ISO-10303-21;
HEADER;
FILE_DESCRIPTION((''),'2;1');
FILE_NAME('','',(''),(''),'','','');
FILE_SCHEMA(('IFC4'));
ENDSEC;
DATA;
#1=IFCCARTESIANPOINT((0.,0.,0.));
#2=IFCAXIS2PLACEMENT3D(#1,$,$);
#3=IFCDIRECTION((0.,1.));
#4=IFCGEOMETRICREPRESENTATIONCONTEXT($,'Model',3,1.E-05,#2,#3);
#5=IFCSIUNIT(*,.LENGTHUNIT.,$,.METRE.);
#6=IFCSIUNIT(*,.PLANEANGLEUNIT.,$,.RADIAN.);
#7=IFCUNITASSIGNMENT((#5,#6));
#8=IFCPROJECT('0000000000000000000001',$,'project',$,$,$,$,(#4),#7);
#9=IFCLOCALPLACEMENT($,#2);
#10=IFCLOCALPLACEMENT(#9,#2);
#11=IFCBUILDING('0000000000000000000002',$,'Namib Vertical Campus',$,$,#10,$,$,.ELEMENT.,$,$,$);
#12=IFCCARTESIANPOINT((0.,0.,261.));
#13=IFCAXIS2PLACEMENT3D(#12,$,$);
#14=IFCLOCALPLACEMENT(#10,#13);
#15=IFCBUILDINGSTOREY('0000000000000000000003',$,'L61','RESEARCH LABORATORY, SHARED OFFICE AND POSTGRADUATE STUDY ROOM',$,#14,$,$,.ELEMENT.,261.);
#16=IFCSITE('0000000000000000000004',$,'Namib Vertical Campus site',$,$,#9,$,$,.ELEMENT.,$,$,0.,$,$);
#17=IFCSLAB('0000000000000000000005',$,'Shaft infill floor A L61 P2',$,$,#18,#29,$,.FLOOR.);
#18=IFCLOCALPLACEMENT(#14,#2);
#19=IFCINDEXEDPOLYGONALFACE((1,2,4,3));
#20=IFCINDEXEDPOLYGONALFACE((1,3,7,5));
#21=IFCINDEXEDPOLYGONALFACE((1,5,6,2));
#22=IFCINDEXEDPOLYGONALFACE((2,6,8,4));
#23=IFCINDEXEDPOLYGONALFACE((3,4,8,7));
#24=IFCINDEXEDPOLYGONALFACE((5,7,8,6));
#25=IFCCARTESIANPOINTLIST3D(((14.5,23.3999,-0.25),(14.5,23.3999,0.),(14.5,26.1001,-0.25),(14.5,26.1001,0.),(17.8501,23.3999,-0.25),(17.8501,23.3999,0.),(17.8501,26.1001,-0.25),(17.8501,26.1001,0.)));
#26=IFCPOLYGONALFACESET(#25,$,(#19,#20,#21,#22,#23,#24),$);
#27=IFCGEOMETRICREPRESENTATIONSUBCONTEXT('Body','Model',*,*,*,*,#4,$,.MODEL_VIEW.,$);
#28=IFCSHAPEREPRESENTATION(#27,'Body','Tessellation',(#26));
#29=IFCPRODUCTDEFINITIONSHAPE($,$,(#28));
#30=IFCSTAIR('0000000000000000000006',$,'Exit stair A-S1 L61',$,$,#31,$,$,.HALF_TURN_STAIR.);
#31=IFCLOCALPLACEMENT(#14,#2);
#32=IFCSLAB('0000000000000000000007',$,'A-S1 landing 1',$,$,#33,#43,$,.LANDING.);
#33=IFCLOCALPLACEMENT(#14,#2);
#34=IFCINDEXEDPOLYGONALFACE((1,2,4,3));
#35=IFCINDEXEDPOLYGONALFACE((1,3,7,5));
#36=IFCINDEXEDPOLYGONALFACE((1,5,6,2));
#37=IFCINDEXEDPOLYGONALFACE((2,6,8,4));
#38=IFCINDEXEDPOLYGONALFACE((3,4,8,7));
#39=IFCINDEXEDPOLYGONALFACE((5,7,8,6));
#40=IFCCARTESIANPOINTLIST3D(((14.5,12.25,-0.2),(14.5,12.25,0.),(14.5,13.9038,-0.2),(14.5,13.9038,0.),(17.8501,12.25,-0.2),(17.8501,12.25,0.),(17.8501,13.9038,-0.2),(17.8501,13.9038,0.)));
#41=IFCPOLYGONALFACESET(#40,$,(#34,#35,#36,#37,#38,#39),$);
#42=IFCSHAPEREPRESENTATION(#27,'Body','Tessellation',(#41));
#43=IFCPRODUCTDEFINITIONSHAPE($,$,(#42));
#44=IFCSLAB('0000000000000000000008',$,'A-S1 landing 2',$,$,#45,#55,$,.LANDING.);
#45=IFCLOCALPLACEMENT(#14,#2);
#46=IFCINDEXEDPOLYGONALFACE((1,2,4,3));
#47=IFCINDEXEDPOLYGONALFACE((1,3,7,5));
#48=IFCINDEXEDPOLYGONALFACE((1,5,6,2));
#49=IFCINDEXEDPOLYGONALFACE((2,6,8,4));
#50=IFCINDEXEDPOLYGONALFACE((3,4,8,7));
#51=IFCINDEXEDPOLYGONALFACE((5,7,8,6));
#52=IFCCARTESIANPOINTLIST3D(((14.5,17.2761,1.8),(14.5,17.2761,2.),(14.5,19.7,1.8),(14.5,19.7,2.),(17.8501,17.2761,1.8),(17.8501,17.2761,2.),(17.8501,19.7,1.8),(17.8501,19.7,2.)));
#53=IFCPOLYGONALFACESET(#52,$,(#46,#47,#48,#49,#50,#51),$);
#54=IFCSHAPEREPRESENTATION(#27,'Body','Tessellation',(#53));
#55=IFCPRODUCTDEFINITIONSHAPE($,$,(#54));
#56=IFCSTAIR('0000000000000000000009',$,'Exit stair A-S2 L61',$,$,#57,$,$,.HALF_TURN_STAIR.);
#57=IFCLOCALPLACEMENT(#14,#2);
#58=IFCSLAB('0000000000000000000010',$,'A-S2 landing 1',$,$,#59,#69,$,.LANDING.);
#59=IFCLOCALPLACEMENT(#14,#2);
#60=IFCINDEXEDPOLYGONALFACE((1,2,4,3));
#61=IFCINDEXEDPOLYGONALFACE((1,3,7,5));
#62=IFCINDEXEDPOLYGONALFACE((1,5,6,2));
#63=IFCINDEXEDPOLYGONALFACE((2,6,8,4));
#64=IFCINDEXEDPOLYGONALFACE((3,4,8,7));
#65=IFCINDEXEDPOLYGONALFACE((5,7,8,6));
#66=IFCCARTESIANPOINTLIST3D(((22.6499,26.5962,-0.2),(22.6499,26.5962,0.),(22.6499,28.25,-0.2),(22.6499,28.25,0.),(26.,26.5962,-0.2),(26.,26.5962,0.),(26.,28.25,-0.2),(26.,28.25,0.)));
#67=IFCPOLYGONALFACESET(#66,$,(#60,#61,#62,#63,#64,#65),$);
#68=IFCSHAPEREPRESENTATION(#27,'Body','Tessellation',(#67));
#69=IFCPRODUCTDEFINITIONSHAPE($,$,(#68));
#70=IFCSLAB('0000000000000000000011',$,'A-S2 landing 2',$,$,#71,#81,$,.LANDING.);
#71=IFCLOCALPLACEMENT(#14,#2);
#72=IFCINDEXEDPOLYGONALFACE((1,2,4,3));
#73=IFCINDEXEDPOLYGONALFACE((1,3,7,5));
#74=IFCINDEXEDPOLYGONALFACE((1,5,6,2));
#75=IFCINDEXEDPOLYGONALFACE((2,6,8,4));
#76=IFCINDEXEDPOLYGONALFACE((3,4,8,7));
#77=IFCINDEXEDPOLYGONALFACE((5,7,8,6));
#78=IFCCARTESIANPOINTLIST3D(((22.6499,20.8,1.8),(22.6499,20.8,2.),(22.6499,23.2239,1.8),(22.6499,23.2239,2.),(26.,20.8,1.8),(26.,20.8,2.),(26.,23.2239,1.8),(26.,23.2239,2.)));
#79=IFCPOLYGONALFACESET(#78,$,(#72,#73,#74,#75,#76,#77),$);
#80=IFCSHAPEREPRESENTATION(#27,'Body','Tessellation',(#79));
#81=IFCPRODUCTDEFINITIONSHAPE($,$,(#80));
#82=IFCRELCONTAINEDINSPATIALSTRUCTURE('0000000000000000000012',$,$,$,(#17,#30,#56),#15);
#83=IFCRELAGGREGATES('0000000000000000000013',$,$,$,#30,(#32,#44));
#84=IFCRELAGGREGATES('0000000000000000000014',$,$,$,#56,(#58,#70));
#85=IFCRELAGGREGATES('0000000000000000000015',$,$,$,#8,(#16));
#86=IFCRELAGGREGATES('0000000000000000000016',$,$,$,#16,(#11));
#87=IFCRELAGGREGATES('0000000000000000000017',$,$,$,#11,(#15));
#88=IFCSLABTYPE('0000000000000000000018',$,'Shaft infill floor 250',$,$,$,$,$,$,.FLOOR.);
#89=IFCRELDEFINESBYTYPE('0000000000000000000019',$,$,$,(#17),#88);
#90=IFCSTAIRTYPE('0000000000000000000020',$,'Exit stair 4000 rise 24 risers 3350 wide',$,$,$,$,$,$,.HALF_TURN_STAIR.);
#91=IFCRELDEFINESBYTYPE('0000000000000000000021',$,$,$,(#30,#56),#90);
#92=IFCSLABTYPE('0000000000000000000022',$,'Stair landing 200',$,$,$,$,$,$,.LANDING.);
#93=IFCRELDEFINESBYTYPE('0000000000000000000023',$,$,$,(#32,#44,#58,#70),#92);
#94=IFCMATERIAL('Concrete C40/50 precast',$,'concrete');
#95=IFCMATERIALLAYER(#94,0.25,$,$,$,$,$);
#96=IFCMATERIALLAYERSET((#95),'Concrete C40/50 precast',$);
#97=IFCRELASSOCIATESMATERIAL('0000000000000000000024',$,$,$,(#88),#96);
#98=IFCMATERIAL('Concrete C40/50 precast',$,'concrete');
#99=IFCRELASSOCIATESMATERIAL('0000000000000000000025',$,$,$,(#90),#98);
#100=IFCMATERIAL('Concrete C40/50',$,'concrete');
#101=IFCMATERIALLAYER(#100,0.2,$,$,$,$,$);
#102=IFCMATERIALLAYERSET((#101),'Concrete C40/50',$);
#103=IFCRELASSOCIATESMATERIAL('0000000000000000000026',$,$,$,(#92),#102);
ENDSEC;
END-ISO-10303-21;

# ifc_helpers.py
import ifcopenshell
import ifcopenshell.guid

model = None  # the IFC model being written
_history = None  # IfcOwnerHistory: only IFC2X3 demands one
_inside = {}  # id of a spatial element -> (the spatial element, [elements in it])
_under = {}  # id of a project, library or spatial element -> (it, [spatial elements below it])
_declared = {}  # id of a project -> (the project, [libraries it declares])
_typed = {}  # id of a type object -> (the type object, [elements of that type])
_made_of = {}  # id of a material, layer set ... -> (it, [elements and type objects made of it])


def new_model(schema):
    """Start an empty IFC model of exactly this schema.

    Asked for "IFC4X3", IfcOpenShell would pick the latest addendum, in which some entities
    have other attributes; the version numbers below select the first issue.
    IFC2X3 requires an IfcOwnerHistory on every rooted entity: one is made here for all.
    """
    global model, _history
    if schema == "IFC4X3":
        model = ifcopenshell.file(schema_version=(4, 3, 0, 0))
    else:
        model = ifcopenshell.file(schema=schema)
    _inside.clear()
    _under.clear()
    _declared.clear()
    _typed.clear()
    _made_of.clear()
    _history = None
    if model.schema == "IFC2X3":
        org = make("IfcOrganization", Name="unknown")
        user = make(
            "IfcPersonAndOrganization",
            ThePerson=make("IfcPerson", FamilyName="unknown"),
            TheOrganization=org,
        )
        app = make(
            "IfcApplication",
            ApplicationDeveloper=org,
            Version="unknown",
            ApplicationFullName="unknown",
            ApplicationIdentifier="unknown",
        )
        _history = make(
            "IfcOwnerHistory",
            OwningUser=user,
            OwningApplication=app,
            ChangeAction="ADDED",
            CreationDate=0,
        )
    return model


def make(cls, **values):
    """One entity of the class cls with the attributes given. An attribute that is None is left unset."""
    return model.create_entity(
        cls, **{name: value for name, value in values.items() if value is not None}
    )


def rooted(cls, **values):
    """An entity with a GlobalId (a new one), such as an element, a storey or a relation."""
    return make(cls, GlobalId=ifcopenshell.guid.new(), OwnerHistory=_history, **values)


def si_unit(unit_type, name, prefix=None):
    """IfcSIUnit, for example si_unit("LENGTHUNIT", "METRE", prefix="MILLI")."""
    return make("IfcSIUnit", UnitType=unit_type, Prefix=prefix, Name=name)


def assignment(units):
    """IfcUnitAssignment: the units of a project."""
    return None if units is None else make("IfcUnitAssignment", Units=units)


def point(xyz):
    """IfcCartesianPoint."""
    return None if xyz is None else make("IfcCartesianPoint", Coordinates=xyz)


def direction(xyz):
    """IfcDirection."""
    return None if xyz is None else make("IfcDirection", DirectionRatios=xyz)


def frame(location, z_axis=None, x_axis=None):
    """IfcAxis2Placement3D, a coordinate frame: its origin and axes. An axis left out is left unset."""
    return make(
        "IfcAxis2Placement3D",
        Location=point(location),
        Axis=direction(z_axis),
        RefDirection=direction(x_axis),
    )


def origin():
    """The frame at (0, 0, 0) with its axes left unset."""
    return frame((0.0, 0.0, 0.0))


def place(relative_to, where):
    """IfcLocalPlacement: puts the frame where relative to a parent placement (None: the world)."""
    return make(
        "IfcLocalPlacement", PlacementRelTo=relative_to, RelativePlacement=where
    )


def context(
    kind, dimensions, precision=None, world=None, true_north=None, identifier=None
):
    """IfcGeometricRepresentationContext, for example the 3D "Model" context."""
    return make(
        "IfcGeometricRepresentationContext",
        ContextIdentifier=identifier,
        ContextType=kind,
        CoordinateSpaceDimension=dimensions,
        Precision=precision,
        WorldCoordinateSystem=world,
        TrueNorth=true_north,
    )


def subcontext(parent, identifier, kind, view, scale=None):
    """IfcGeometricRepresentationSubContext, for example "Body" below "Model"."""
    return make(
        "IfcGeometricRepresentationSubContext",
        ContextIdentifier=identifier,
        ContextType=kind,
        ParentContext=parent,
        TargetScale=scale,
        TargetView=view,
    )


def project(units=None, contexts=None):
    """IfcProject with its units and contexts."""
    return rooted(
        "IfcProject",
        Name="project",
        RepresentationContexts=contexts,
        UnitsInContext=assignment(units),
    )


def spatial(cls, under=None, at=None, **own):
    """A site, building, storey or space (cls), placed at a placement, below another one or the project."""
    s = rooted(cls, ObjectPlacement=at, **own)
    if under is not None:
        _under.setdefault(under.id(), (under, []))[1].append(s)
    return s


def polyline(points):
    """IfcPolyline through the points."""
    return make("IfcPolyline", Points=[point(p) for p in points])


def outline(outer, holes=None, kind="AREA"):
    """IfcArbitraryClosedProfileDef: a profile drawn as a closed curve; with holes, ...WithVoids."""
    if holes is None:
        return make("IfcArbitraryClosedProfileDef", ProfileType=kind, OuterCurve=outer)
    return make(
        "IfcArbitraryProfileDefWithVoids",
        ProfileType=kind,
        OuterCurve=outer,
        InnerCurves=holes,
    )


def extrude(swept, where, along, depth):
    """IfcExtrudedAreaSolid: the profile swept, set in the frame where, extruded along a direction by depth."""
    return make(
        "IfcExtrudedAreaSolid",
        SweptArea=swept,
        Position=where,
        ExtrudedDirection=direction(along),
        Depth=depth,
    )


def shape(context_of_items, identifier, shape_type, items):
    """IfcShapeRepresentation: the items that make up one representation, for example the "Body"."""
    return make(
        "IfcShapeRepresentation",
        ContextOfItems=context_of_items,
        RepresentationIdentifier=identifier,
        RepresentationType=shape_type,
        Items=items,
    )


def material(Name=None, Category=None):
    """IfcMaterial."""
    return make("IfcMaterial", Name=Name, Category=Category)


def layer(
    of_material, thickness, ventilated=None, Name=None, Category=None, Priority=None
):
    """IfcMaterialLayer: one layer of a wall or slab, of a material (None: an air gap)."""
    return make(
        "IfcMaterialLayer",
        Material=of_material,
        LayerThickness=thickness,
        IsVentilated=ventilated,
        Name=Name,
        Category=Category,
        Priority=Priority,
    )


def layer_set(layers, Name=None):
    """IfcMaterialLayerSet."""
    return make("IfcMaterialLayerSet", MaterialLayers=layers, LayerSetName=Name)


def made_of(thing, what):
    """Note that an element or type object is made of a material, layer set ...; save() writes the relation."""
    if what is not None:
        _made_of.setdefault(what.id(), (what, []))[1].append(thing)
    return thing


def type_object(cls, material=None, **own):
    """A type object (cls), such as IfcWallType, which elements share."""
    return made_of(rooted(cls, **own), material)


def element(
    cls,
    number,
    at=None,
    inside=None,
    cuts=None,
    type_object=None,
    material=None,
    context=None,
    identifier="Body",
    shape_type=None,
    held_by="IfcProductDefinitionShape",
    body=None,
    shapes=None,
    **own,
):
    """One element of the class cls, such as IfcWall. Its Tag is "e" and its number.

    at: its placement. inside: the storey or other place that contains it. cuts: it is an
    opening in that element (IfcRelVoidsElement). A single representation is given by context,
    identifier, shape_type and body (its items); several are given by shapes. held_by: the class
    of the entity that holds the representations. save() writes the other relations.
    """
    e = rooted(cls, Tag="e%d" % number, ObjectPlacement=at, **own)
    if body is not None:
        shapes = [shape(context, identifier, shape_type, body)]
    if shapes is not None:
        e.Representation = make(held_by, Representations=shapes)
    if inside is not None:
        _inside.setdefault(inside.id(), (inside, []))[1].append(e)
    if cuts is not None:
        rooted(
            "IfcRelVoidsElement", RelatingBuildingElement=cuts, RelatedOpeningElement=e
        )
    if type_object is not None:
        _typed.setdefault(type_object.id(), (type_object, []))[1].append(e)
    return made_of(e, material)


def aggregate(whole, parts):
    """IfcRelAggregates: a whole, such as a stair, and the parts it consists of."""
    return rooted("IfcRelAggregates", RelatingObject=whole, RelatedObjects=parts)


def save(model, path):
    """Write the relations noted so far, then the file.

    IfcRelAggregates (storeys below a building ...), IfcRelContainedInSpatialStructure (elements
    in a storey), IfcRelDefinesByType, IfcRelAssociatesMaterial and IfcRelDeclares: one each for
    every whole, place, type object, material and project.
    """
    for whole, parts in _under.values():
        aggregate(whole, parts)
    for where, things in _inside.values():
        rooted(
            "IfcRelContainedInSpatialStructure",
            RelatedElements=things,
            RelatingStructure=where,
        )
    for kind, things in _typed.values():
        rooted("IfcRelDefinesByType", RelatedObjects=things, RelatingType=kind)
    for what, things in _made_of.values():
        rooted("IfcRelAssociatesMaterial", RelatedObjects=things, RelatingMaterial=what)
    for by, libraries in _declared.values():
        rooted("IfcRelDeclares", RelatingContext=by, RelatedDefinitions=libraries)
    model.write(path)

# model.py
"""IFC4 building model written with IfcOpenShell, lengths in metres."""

from ifc_helpers import new_model, si_unit, direction, frame, origin, place, context, subcontext, project, spatial, polyline, outline, extrude, material, layer, layer_set, type_object, element, aggregate, save


model = new_model("IFC4")

# Units and contexts
model_context = context("Model", 3, precision=1e-05, world=origin(), true_north=direction((0.0, 1.0)))
body_context = subcontext(model_context, "Body", "Model", "MODEL_VIEW")
ifc_project = project(units=[si_unit("LENGTHUNIT", "METRE"), si_unit("PLANEANGLEUNIT", "RADIAN")], contexts=[model_context])

# Site, building, storey
site_placement = place(None, origin())
site = spatial("IfcSite", under=ifc_project, at=site_placement, Name="Namib Vertical Campus site", CompositionType="ELEMENT", RefElevation=0.0)
building_placement = place(site_placement, origin())
building = spatial("IfcBuilding", under=site, at=building_placement, Name="Namib Vertical Campus", CompositionType="ELEMENT")
storey_placement = place(building_placement, frame((0.0, 0.0, 261.0)))
storey = spatial("IfcBuildingStorey", under=building, at=storey_placement, Name="L61", Description="RESEARCH LABORATORY, SHARED OFFICE AND POSTGRADUATE STUDY ROOM", CompositionType="ELEMENT", Elevation=261.0)

# Slab
ifc_material_1 = material(Name="Concrete C40/50 precast", Category="concrete")
ifc_layer_1 = layer(ifc_material_1, 0.25)
ifc_layer_set_1 = layer_set([ifc_layer_1], Name="Concrete C40/50 precast")
slab_type_1 = type_object("IfcSlabType", Name="Shaft infill floor 250", PredefinedType="FLOOR", material=ifc_layer_set_1)
slab_1_placement = place(storey_placement, frame((0.0, 0.0, -0.25)))
element("IfcSlab", 1, at=slab_1_placement, inside=storey, type_object=slab_type_1, Name="Shaft infill floor A L61 P2", PredefinedType="FLOOR", context=body_context, shape_type="SweptSolid", body=[
    extrude(outline(polyline([(14.5, 23.3999), (17.8501, 23.3999), (17.8501, 26.1001), (14.5, 26.1001), (14.5, 23.3999)])), origin(), (0.0, 0.0, 1.0), 0.25),
])

# Stairs, slabs
ifc_material_2 = material(Name="Concrete C40/50 precast", Category="concrete")
stair_type = type_object("IfcStairType", Name="Exit stair 4000 rise 24 risers 3350 wide", PredefinedType="HALF_TURN_STAIR", material=ifc_material_2)
stair_1_placement = place(storey_placement, origin())
stair_1 = element("IfcStair", 2, at=stair_1_placement, inside=storey, type_object=stair_type, Name="Exit stair A-S1 L61", PredefinedType="HALF_TURN_STAIR")
ifc_material_3 = material(Name="Concrete C40/50", Category="concrete")
ifc_layer_2 = layer(ifc_material_3, 0.2)
ifc_layer_set_2 = layer_set([ifc_layer_2], Name="Concrete C40/50")
slab_type_2 = type_object("IfcSlabType", Name="Stair landing 200", PredefinedType="LANDING", material=ifc_layer_set_2)
slab_2_placement = place(storey_placement, frame((0.0, 0.0, -0.2)))
slab_2 = element("IfcSlab", 3, at=slab_2_placement, type_object=slab_type_2, Name="A-S1 landing 1", PredefinedType="LANDING", context=body_context, shape_type="SweptSolid", body=[
    extrude(outline(polyline([(14.5, 12.25), (17.8501, 12.25), (17.8501, 13.9038), (14.5, 13.9038), (14.5, 12.25)])), origin(), (0.0, 0.0, 1.0), 0.2),
])
slab_3_placement = place(storey_placement, frame((0.0, 0.0, 1.8)))
slab_3 = element("IfcSlab", 4, at=slab_3_placement, type_object=slab_type_2, Name="A-S1 landing 2", PredefinedType="LANDING", context=body_context, shape_type="SweptSolid", body=[
    extrude(outline(polyline([(14.5, 17.2761), (17.8501, 17.2761), (17.8501, 19.7), (14.5, 19.7), (14.5, 17.2761)])), origin(), (0.0, 0.0, 1.0), 0.2),
])
aggregate(stair_1, [slab_2, slab_3])
stair_2_placement = place(storey_placement, origin())
stair_2 = element("IfcStair", 5, at=stair_2_placement, inside=storey, type_object=stair_type, Name="Exit stair A-S2 L61", PredefinedType="HALF_TURN_STAIR")
slab_4_placement = place(storey_placement, frame((0.0, 0.0, -0.2)))
slab_4 = element("IfcSlab", 6, at=slab_4_placement, type_object=slab_type_2, Name="A-S2 landing 1", PredefinedType="LANDING", context=body_context, shape_type="SweptSolid", body=[
    extrude(outline(polyline([(22.6499, 26.5962), (26.0, 26.5962), (26.0, 28.25), (22.6499, 28.25), (22.6499, 26.5962)])), origin(), (0.0, 0.0, 1.0), 0.2),
])
slab_5_placement = place(storey_placement, frame((0.0, 0.0, 1.8)))
slab_5 = element("IfcSlab", 7, at=slab_5_placement, type_object=slab_type_2, Name="A-S2 landing 2", PredefinedType="LANDING", context=body_context, shape_type="SweptSolid", body=[
    extrude(outline(polyline([(22.6499, 20.8), (26.0, 20.8), (26.0, 23.2239), (22.6499, 23.2239), (22.6499, 20.8)])), origin(), (0.0, 0.0, 1.0), 0.2),
])
aggregate(stair_2, [slab_4, slab_5])

save(model, "model.ifc")
